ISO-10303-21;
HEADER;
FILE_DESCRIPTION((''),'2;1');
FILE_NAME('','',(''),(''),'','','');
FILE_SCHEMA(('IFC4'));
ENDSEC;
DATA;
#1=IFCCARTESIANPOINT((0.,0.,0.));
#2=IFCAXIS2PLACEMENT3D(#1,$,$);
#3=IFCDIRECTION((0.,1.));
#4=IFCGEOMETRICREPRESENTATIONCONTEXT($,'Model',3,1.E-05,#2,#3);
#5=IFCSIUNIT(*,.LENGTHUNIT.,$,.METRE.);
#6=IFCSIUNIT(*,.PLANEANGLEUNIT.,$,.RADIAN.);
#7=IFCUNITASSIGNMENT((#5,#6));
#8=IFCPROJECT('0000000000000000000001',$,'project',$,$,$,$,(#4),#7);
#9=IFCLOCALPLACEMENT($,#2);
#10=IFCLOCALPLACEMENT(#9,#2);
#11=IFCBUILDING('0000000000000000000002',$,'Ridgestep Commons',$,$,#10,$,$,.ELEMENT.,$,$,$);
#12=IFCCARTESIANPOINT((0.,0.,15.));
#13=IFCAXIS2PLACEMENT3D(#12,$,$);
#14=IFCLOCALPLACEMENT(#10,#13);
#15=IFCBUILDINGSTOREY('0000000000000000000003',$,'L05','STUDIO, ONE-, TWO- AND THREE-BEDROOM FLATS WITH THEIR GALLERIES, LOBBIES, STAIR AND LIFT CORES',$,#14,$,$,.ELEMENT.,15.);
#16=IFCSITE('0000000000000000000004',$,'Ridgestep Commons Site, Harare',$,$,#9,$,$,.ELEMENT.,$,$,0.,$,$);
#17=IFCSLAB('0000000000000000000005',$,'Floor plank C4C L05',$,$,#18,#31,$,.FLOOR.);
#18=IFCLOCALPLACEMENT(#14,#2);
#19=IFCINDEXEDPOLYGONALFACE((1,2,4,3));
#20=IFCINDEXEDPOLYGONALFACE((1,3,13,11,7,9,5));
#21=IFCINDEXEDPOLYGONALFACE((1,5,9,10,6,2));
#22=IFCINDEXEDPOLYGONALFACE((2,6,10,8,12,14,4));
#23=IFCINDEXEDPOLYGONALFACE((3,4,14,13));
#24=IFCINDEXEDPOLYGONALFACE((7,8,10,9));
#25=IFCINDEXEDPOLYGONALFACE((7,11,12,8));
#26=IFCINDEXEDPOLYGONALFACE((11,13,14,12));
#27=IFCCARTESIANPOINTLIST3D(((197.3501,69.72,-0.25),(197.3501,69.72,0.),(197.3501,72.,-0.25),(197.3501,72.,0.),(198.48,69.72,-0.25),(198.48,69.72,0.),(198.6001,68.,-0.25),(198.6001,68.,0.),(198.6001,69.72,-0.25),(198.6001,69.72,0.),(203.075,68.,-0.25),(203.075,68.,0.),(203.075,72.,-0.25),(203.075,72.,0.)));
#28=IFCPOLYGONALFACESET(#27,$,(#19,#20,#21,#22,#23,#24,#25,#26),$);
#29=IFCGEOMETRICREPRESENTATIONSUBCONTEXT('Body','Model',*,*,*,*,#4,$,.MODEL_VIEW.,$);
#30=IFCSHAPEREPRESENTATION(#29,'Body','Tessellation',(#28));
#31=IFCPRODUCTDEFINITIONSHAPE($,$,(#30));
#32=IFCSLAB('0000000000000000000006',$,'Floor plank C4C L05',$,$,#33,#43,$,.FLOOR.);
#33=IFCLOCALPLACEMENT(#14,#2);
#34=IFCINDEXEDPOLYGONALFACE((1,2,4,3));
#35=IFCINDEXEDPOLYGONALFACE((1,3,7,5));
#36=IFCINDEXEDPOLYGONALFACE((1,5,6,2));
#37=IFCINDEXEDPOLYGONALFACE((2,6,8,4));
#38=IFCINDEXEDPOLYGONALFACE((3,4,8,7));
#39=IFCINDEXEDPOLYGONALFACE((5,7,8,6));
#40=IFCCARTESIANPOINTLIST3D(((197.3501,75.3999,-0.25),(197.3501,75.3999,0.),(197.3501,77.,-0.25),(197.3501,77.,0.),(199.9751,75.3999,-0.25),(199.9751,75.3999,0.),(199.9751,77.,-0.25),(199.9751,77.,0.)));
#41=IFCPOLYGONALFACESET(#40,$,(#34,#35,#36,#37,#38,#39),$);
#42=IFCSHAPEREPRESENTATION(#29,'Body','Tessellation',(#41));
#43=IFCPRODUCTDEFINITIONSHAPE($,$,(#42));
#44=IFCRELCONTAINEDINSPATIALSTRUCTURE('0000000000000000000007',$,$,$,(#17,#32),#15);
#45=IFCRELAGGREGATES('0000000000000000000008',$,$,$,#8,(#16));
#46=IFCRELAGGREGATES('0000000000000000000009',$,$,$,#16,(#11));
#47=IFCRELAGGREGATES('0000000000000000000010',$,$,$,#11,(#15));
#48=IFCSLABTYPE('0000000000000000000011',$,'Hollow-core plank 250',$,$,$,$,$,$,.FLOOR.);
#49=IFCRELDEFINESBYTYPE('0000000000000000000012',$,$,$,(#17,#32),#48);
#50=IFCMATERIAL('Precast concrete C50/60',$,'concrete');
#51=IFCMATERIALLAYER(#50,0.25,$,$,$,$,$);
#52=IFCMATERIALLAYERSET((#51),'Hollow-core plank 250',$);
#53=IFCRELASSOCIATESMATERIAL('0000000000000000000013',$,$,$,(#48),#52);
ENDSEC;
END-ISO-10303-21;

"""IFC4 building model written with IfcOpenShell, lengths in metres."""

from ifc_helpers import new_model, si_unit, direction, frame, origin, place, context, subcontext, project, spatial, polyline, outline, extrude, material, layer, layer_set, type_object, element, save


model = new_model("IFC4")

# Units and contexts
model_context = context("Model", 3, precision=1e-05, world=origin(), true_north=direction((0.0, 1.0)))
body_context = subcontext(model_context, "Body", "Model", "MODEL_VIEW")
ifc_project = project(units=[si_unit("LENGTHUNIT", "METRE"), si_unit("PLANEANGLEUNIT", "RADIAN")], contexts=[model_context])

# Site, building, storey
site_placement = place(None, origin())
site = spatial("IfcSite", under=ifc_project, at=site_placement, Name="Ridgestep Commons Site, Harare", CompositionType="ELEMENT", RefElevation=0.0)
building_placement = place(site_placement, origin())
building = spatial("IfcBuilding", under=site, at=building_placement, Name="Ridgestep Commons", CompositionType="ELEMENT")
storey_placement = place(building_placement, frame((0.0, 0.0, 15.0)))
storey = spatial("IfcBuildingStorey", under=building, at=storey_placement, Name="L05", Description="STUDIO, ONE-, TWO- AND THREE-BEDROOM FLATS WITH THEIR GALLERIES, LOBBIES, STAIR AND LIFT CORES", CompositionType="ELEMENT", Elevation=15.0)

# Slabs
ifc_material = material(Name="Precast concrete C50/60", Category="concrete")
ifc_layer = layer(ifc_material, 0.25)
ifc_layer_set = layer_set([ifc_layer], Name="Hollow-core plank 250")
slab_type = type_object("IfcSlabType", Name="Hollow-core plank 250", PredefinedType="FLOOR", material=ifc_layer_set)
slab_1_placement = place(storey_placement, frame((0.0, 0.0, -0.25)))
element("IfcSlab", 1, at=slab_1_placement, inside=storey, type_object=slab_type, Name="Floor plank C4C L05", PredefinedType="FLOOR", context=body_context, shape_type="SweptSolid", body=[
    extrude(outline(polyline([(198.6001, 68.0), (203.075, 68.0), (203.075, 72.0), (197.3501, 72.0), (197.3501, 69.72), (198.48, 69.72), (198.6001, 69.72), (198.6001, 68.0)])), origin(), (0.0, 0.0, 1.0), 0.25),
])
slab_2_placement = place(storey_placement, frame((0.0, 0.0, -0.25)))
element("IfcSlab", 2, at=slab_2_placement, inside=storey, type_object=slab_type, Name="Floor plank C4C L05", PredefinedType="FLOOR", context=body_context, shape_type="SweptSolid", body=[
    extrude(outline(polyline([(199.9751, 77.0), (197.3501, 77.0), (197.3501, 75.3999), (199.9751, 75.3999), (199.9751, 77.0)])), origin(), (0.0, 0.0, 1.0), 0.25),
])

save(model, "model.ifc")
